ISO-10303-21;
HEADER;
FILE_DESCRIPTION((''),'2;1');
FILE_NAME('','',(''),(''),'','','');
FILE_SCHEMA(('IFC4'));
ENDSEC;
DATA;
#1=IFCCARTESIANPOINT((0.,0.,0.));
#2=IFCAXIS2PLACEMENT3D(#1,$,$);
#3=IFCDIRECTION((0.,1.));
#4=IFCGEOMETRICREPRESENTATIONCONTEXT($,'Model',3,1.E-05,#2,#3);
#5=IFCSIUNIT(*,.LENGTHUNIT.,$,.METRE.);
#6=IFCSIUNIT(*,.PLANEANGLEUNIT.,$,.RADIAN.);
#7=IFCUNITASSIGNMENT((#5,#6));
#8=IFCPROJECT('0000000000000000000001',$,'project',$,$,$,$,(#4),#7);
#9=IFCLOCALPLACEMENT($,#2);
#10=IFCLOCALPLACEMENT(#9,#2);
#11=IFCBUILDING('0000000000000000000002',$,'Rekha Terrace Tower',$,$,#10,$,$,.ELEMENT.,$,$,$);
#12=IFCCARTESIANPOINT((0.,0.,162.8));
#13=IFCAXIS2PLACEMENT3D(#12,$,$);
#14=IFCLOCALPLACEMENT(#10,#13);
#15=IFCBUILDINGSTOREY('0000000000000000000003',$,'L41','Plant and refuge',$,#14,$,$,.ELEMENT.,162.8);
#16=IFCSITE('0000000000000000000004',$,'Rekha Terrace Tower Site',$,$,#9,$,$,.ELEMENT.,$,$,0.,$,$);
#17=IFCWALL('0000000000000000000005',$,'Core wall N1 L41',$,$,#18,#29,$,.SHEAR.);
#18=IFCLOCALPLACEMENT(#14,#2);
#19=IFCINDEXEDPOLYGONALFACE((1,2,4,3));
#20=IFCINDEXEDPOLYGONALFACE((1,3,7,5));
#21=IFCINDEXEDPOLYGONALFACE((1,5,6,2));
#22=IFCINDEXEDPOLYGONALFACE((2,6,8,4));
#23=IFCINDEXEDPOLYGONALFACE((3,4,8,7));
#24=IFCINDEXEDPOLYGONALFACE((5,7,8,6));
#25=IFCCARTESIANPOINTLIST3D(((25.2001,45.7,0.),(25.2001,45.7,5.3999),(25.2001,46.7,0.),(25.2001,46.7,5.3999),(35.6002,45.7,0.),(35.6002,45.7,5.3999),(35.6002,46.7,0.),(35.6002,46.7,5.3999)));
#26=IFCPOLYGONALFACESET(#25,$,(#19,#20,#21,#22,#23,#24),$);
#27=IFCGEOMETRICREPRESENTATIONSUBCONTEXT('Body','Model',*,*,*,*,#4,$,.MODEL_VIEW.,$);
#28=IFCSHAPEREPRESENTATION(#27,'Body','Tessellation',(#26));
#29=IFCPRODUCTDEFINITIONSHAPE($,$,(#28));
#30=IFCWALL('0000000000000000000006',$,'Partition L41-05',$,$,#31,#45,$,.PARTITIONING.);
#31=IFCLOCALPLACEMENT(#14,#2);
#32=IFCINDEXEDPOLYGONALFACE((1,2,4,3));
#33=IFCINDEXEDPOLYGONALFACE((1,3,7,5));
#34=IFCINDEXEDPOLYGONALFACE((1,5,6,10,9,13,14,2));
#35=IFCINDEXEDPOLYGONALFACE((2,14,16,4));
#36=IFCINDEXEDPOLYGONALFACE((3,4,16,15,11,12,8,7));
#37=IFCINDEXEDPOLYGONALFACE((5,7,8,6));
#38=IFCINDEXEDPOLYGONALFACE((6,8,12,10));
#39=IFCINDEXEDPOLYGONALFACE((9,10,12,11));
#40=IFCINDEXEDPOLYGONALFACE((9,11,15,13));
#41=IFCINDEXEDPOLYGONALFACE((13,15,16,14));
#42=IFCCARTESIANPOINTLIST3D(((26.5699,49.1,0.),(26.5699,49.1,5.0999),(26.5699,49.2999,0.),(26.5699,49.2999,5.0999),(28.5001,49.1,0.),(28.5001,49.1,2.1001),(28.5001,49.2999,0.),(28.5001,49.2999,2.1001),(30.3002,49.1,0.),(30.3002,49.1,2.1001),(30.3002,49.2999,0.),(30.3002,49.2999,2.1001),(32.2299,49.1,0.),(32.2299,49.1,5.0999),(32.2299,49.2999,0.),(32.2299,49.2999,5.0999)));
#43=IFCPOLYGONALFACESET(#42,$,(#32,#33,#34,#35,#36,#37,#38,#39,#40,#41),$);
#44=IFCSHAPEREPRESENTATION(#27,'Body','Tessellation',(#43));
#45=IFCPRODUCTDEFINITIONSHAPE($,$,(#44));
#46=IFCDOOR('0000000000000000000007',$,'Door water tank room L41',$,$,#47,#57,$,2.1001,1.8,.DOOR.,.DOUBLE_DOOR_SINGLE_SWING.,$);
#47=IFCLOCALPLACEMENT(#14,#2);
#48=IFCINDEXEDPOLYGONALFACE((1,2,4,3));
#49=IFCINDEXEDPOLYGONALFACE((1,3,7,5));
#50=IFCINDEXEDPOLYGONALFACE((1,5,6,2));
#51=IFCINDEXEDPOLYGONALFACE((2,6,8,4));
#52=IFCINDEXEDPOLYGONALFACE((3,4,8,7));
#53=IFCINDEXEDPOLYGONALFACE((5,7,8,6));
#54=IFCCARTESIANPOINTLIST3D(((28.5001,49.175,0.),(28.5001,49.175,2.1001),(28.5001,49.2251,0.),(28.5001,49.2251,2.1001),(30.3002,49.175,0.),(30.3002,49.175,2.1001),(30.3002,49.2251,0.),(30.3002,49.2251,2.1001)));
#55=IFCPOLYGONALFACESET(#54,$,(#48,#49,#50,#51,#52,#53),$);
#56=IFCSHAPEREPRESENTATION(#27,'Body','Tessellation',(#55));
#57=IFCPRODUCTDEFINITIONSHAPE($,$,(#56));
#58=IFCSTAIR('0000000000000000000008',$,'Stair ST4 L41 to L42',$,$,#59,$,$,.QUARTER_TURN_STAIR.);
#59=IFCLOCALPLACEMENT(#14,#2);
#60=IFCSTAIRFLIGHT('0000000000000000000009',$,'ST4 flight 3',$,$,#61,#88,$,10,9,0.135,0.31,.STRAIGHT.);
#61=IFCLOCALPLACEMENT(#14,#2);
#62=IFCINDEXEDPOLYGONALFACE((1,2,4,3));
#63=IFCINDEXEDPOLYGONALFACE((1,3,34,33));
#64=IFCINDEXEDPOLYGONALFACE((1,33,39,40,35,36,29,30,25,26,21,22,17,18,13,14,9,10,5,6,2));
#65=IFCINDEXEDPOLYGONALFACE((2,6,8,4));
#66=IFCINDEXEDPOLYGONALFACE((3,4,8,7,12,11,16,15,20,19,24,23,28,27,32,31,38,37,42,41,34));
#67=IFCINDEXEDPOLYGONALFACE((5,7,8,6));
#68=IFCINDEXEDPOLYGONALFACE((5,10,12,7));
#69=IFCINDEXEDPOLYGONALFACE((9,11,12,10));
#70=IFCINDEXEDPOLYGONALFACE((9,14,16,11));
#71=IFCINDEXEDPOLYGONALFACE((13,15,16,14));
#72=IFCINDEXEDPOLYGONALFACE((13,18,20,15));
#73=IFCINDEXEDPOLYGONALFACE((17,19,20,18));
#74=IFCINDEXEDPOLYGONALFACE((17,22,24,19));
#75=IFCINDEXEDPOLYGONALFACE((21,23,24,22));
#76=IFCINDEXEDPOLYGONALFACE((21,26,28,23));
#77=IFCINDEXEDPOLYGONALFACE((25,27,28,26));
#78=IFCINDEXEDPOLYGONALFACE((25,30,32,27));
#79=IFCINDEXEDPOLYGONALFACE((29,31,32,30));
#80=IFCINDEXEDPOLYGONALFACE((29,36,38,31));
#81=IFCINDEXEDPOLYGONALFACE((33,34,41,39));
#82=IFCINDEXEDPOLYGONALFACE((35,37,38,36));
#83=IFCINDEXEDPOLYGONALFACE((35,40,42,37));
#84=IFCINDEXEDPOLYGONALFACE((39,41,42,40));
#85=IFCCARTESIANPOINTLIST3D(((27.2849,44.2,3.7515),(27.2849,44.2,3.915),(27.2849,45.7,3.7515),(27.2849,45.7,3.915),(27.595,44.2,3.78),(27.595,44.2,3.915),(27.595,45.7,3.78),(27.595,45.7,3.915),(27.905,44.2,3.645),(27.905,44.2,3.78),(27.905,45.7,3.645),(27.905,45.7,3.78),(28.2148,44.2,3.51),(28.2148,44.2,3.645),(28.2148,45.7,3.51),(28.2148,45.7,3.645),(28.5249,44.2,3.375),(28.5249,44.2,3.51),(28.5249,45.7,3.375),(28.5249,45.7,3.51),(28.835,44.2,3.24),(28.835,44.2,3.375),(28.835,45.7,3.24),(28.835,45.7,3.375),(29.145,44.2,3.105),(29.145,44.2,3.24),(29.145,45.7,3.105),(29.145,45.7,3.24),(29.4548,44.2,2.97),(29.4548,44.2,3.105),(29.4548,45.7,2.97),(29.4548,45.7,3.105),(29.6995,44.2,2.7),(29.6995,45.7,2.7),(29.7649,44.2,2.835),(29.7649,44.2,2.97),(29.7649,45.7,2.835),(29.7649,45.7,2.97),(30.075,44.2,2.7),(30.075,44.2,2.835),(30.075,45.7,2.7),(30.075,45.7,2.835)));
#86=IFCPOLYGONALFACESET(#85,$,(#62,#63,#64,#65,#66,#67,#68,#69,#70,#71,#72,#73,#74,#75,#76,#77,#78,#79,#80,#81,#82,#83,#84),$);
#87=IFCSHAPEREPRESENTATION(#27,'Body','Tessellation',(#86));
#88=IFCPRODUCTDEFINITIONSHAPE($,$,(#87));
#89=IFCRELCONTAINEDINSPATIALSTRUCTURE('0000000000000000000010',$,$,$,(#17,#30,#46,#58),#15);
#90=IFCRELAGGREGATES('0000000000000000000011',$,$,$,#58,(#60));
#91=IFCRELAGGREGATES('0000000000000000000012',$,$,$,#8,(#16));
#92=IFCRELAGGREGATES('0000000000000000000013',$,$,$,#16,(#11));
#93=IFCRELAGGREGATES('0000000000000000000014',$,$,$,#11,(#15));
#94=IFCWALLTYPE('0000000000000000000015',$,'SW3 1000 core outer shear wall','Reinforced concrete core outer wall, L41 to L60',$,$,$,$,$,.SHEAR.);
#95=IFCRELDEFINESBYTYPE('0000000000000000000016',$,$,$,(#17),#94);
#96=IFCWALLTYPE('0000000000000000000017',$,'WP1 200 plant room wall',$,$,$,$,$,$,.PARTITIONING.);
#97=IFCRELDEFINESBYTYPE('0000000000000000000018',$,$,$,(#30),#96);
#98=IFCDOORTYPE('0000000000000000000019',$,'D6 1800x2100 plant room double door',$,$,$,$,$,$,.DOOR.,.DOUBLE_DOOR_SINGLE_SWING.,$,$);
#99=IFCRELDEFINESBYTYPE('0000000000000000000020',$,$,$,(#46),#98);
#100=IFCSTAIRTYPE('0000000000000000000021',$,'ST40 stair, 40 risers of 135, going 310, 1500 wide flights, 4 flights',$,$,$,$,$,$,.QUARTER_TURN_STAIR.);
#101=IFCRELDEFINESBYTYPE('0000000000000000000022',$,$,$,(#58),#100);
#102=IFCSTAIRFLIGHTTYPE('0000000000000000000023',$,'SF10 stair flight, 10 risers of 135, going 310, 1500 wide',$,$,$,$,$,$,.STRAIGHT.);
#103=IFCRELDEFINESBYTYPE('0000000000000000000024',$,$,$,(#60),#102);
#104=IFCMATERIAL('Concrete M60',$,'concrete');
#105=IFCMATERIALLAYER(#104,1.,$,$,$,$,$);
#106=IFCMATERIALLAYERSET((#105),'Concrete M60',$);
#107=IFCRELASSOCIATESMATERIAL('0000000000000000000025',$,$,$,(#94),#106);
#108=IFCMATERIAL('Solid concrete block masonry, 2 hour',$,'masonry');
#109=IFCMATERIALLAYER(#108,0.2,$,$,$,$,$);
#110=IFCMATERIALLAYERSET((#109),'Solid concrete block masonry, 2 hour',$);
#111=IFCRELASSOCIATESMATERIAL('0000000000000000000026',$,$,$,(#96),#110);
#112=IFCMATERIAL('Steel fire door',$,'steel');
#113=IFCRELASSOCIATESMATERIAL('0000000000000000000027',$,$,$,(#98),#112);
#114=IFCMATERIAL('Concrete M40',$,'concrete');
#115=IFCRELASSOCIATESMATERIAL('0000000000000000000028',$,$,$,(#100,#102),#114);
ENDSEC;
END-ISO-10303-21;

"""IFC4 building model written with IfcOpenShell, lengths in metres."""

from ifc_helpers import new_model, si_unit, direction, frame, frame_2d, origin, place, context, subcontext, project, spatial, polyline, rectangle, outline, extrude, material, layer, layer_set, type_object, element, fill, aggregate, save


model = new_model("IFC4")

# Units and contexts
model_context = context("Model", 3, precision=1e-05, world=origin(), true_north=direction((0.0, 1.0)))
body_context = subcontext(model_context, "Body", "Model", "MODEL_VIEW")
ifc_project = project(units=[si_unit("LENGTHUNIT", "METRE"), si_unit("PLANEANGLEUNIT", "RADIAN")], contexts=[model_context])

# Site, building, storey
site_placement = place(None, origin())
site = spatial("IfcSite", under=ifc_project, at=site_placement, Name="Rekha Terrace Tower Site", CompositionType="ELEMENT", RefElevation=0.0)
building_placement = place(site_placement, origin())
building = spatial("IfcBuilding", under=site, at=building_placement, Name="Rekha Terrace Tower", CompositionType="ELEMENT")
storey_placement = place(building_placement, frame((0.0, 0.0, 162.8)))
storey = spatial("IfcBuildingStorey", under=building, at=storey_placement, Name="L41", Description="Plant and refuge", CompositionType="ELEMENT", Elevation=162.8)

# Shared definitions
ifc_material_1 = material(Name="Concrete M60", Category="concrete")

# Wall
ifc_layer_1 = layer(ifc_material_1, 1.0)
ifc_layer_set_1 = layer_set([ifc_layer_1], Name="Concrete M60")
wall_type_1 = type_object("IfcWallType", Name="SW3 1000 core outer shear wall", Description="Reinforced concrete core outer wall, L41 to L60", PredefinedType="SHEAR", material=ifc_layer_set_1)
wall_1_placement = place(storey_placement, frame((25.2, 46.2, 0.0), z_axis=(0.0, 0.0, 1.0), x_axis=(1.0, 0.0, 0.0)))
element("IfcWall", 1, at=wall_1_placement, inside=storey, type_object=wall_type_1, Name="Core wall N1 L41", PredefinedType="SHEAR", context=body_context, shape_type="SweptSolid", body=[
    extrude(rectangle(XDim=10.4001, YDim=1.0, at=frame_2d((5.2002, 0.0))), origin(), (0.0, 0.0, 1.0), 5.3999),
])

# Wall, opening, door
ifc_material_2 = material(Name="Solid concrete block masonry, 2 hour", Category="masonry")
ifc_layer_2 = layer(ifc_material_2, 0.2)
ifc_layer_set_2 = layer_set([ifc_layer_2], Name="Solid concrete block masonry, 2 hour")
wall_type_2 = type_object("IfcWallType", Name="WP1 200 plant room wall", PredefinedType="PARTITIONING", material=ifc_layer_set_2)
wall_2_placement = place(storey_placement, frame((32.23, 49.2, 0.0), z_axis=(0.0, 0.0, 1.0), x_axis=(-1.0, 0.0, 0.0)))
wall_2 = element("IfcWall", 2, at=wall_2_placement, inside=storey, type_object=wall_type_2, Name="Partition L41-05", PredefinedType="PARTITIONING", context=body_context, shape_type="SweptSolid", body=[
    extrude(rectangle(XDim=5.6599, YDim=0.2, at=frame_2d((2.8301, 0.0))), origin(), (0.0, 0.0, 1.0), 5.0999),
])
opening_placement = place(wall_2_placement, frame((1.9299, 0.0, 0.0)))
opening = element("IfcOpeningElement", 3, at=opening_placement, cuts=wall_2, PredefinedType="OPENING", context=body_context, shape_type="SweptSolid", body=[
    extrude(rectangle(XDim=1.8, YDim=2.1001, at=frame_2d((0.8999, 1.05))), frame((0.0, 0.1099, 0.0), z_axis=(0.0, -1.0, 0.0), x_axis=(1.0, 0.0, 0.0)), (0.0, 0.0, 1.0), 0.22),
])
ifc_material_3 = material(Name="Steel fire door", Category="steel")
door_type = type_object("IfcDoorType", Name="D6 1800x2100 plant room double door", OperationType="DOUBLE_DOOR_SINGLE_SWING", PredefinedType="DOOR", material=ifc_material_3)
door_placement = place(opening_placement, origin())
door = element("IfcDoor", 4, at=door_placement, inside=storey, type_object=door_type, Name="Door water tank room L41", OperationType="DOUBLE_DOOR_SINGLE_SWING", OverallHeight=2.1001, OverallWidth=1.8, PredefinedType="DOOR", context=body_context, shape_type="SweptSolid", body=[
    extrude(rectangle(XDim=1.8, YDim=2.1001, at=frame_2d((0.8999, 1.05))), frame((0.0, 0.0249, 0.0), z_axis=(0.0, -1.0, 0.0), x_axis=(1.0, 0.0, 0.0)), (0.0, 0.0, 1.0), 0.05),
])
fill(opening, door)

# Stair, stair flight
ifc_material_4 = material(Name="Concrete M40", Category="concrete")
stair_type = type_object("IfcStairType", Name="ST40 stair, 40 risers of 135, going 310, 1500 wide flights, 4 flights", PredefinedType="QUARTER_TURN_STAIR", material=ifc_material_4)
stair_placement = place(storey_placement, origin())
stair = element("IfcStair", 5, at=stair_placement, inside=storey, type_object=stair_type, Name="Stair ST4 L41 to L42", PredefinedType="QUARTER_TURN_STAIR")
stair_flight_type = type_object("IfcStairFlightType", Name="SF10 stair flight, 10 risers of 135, going 310, 1500 wide", PredefinedType="STRAIGHT", material=ifc_material_4)
stair_flight_placement = place(storey_placement, frame((30.075, 44.95, 2.7), z_axis=(0.0, 0.0, 1.0), x_axis=(-1.0, 0.0, 0.0)))
stair_flight = element("IfcStairFlight", 6, at=stair_flight_placement, type_object=stair_flight_type, Name="ST4 flight 3", NumberOfRisers=10, NumberOfTreads=9, PredefinedType="STRAIGHT", RiserHeight=0.135, TreadLength=0.31, context=body_context, shape_type="SweptSolid", body=[
    extrude(outline(polyline([(0.0, 0.0), (0.0, 0.135), (0.3101, 0.135), (0.3101, 0.27), (0.6201, 0.27), (0.6201, 0.405), (0.9299, 0.405), (0.9299, 0.54), (1.24, 0.54), (1.24, 0.675), (1.55, 0.675), (1.55, 0.8101), (1.8601, 0.8101), (1.8601, 0.9451), (2.1699, 0.9451), (2.1699, 1.0801), (2.48, 1.0801), (2.48, 1.2151), (2.79, 1.2151), (2.79, 1.3501), (2.79, 1.0515), (0.3755, 0.0), (0.0, 0.0)])), frame((0.0, 0.75, 0.0), z_axis=(0.0, -1.0, 0.0), x_axis=(1.0, 0.0, 0.0)), (0.0, 0.0, 1.0), 1.5),
])
aggregate(stair, [stair_flight])

save(model, "model.ifc")
